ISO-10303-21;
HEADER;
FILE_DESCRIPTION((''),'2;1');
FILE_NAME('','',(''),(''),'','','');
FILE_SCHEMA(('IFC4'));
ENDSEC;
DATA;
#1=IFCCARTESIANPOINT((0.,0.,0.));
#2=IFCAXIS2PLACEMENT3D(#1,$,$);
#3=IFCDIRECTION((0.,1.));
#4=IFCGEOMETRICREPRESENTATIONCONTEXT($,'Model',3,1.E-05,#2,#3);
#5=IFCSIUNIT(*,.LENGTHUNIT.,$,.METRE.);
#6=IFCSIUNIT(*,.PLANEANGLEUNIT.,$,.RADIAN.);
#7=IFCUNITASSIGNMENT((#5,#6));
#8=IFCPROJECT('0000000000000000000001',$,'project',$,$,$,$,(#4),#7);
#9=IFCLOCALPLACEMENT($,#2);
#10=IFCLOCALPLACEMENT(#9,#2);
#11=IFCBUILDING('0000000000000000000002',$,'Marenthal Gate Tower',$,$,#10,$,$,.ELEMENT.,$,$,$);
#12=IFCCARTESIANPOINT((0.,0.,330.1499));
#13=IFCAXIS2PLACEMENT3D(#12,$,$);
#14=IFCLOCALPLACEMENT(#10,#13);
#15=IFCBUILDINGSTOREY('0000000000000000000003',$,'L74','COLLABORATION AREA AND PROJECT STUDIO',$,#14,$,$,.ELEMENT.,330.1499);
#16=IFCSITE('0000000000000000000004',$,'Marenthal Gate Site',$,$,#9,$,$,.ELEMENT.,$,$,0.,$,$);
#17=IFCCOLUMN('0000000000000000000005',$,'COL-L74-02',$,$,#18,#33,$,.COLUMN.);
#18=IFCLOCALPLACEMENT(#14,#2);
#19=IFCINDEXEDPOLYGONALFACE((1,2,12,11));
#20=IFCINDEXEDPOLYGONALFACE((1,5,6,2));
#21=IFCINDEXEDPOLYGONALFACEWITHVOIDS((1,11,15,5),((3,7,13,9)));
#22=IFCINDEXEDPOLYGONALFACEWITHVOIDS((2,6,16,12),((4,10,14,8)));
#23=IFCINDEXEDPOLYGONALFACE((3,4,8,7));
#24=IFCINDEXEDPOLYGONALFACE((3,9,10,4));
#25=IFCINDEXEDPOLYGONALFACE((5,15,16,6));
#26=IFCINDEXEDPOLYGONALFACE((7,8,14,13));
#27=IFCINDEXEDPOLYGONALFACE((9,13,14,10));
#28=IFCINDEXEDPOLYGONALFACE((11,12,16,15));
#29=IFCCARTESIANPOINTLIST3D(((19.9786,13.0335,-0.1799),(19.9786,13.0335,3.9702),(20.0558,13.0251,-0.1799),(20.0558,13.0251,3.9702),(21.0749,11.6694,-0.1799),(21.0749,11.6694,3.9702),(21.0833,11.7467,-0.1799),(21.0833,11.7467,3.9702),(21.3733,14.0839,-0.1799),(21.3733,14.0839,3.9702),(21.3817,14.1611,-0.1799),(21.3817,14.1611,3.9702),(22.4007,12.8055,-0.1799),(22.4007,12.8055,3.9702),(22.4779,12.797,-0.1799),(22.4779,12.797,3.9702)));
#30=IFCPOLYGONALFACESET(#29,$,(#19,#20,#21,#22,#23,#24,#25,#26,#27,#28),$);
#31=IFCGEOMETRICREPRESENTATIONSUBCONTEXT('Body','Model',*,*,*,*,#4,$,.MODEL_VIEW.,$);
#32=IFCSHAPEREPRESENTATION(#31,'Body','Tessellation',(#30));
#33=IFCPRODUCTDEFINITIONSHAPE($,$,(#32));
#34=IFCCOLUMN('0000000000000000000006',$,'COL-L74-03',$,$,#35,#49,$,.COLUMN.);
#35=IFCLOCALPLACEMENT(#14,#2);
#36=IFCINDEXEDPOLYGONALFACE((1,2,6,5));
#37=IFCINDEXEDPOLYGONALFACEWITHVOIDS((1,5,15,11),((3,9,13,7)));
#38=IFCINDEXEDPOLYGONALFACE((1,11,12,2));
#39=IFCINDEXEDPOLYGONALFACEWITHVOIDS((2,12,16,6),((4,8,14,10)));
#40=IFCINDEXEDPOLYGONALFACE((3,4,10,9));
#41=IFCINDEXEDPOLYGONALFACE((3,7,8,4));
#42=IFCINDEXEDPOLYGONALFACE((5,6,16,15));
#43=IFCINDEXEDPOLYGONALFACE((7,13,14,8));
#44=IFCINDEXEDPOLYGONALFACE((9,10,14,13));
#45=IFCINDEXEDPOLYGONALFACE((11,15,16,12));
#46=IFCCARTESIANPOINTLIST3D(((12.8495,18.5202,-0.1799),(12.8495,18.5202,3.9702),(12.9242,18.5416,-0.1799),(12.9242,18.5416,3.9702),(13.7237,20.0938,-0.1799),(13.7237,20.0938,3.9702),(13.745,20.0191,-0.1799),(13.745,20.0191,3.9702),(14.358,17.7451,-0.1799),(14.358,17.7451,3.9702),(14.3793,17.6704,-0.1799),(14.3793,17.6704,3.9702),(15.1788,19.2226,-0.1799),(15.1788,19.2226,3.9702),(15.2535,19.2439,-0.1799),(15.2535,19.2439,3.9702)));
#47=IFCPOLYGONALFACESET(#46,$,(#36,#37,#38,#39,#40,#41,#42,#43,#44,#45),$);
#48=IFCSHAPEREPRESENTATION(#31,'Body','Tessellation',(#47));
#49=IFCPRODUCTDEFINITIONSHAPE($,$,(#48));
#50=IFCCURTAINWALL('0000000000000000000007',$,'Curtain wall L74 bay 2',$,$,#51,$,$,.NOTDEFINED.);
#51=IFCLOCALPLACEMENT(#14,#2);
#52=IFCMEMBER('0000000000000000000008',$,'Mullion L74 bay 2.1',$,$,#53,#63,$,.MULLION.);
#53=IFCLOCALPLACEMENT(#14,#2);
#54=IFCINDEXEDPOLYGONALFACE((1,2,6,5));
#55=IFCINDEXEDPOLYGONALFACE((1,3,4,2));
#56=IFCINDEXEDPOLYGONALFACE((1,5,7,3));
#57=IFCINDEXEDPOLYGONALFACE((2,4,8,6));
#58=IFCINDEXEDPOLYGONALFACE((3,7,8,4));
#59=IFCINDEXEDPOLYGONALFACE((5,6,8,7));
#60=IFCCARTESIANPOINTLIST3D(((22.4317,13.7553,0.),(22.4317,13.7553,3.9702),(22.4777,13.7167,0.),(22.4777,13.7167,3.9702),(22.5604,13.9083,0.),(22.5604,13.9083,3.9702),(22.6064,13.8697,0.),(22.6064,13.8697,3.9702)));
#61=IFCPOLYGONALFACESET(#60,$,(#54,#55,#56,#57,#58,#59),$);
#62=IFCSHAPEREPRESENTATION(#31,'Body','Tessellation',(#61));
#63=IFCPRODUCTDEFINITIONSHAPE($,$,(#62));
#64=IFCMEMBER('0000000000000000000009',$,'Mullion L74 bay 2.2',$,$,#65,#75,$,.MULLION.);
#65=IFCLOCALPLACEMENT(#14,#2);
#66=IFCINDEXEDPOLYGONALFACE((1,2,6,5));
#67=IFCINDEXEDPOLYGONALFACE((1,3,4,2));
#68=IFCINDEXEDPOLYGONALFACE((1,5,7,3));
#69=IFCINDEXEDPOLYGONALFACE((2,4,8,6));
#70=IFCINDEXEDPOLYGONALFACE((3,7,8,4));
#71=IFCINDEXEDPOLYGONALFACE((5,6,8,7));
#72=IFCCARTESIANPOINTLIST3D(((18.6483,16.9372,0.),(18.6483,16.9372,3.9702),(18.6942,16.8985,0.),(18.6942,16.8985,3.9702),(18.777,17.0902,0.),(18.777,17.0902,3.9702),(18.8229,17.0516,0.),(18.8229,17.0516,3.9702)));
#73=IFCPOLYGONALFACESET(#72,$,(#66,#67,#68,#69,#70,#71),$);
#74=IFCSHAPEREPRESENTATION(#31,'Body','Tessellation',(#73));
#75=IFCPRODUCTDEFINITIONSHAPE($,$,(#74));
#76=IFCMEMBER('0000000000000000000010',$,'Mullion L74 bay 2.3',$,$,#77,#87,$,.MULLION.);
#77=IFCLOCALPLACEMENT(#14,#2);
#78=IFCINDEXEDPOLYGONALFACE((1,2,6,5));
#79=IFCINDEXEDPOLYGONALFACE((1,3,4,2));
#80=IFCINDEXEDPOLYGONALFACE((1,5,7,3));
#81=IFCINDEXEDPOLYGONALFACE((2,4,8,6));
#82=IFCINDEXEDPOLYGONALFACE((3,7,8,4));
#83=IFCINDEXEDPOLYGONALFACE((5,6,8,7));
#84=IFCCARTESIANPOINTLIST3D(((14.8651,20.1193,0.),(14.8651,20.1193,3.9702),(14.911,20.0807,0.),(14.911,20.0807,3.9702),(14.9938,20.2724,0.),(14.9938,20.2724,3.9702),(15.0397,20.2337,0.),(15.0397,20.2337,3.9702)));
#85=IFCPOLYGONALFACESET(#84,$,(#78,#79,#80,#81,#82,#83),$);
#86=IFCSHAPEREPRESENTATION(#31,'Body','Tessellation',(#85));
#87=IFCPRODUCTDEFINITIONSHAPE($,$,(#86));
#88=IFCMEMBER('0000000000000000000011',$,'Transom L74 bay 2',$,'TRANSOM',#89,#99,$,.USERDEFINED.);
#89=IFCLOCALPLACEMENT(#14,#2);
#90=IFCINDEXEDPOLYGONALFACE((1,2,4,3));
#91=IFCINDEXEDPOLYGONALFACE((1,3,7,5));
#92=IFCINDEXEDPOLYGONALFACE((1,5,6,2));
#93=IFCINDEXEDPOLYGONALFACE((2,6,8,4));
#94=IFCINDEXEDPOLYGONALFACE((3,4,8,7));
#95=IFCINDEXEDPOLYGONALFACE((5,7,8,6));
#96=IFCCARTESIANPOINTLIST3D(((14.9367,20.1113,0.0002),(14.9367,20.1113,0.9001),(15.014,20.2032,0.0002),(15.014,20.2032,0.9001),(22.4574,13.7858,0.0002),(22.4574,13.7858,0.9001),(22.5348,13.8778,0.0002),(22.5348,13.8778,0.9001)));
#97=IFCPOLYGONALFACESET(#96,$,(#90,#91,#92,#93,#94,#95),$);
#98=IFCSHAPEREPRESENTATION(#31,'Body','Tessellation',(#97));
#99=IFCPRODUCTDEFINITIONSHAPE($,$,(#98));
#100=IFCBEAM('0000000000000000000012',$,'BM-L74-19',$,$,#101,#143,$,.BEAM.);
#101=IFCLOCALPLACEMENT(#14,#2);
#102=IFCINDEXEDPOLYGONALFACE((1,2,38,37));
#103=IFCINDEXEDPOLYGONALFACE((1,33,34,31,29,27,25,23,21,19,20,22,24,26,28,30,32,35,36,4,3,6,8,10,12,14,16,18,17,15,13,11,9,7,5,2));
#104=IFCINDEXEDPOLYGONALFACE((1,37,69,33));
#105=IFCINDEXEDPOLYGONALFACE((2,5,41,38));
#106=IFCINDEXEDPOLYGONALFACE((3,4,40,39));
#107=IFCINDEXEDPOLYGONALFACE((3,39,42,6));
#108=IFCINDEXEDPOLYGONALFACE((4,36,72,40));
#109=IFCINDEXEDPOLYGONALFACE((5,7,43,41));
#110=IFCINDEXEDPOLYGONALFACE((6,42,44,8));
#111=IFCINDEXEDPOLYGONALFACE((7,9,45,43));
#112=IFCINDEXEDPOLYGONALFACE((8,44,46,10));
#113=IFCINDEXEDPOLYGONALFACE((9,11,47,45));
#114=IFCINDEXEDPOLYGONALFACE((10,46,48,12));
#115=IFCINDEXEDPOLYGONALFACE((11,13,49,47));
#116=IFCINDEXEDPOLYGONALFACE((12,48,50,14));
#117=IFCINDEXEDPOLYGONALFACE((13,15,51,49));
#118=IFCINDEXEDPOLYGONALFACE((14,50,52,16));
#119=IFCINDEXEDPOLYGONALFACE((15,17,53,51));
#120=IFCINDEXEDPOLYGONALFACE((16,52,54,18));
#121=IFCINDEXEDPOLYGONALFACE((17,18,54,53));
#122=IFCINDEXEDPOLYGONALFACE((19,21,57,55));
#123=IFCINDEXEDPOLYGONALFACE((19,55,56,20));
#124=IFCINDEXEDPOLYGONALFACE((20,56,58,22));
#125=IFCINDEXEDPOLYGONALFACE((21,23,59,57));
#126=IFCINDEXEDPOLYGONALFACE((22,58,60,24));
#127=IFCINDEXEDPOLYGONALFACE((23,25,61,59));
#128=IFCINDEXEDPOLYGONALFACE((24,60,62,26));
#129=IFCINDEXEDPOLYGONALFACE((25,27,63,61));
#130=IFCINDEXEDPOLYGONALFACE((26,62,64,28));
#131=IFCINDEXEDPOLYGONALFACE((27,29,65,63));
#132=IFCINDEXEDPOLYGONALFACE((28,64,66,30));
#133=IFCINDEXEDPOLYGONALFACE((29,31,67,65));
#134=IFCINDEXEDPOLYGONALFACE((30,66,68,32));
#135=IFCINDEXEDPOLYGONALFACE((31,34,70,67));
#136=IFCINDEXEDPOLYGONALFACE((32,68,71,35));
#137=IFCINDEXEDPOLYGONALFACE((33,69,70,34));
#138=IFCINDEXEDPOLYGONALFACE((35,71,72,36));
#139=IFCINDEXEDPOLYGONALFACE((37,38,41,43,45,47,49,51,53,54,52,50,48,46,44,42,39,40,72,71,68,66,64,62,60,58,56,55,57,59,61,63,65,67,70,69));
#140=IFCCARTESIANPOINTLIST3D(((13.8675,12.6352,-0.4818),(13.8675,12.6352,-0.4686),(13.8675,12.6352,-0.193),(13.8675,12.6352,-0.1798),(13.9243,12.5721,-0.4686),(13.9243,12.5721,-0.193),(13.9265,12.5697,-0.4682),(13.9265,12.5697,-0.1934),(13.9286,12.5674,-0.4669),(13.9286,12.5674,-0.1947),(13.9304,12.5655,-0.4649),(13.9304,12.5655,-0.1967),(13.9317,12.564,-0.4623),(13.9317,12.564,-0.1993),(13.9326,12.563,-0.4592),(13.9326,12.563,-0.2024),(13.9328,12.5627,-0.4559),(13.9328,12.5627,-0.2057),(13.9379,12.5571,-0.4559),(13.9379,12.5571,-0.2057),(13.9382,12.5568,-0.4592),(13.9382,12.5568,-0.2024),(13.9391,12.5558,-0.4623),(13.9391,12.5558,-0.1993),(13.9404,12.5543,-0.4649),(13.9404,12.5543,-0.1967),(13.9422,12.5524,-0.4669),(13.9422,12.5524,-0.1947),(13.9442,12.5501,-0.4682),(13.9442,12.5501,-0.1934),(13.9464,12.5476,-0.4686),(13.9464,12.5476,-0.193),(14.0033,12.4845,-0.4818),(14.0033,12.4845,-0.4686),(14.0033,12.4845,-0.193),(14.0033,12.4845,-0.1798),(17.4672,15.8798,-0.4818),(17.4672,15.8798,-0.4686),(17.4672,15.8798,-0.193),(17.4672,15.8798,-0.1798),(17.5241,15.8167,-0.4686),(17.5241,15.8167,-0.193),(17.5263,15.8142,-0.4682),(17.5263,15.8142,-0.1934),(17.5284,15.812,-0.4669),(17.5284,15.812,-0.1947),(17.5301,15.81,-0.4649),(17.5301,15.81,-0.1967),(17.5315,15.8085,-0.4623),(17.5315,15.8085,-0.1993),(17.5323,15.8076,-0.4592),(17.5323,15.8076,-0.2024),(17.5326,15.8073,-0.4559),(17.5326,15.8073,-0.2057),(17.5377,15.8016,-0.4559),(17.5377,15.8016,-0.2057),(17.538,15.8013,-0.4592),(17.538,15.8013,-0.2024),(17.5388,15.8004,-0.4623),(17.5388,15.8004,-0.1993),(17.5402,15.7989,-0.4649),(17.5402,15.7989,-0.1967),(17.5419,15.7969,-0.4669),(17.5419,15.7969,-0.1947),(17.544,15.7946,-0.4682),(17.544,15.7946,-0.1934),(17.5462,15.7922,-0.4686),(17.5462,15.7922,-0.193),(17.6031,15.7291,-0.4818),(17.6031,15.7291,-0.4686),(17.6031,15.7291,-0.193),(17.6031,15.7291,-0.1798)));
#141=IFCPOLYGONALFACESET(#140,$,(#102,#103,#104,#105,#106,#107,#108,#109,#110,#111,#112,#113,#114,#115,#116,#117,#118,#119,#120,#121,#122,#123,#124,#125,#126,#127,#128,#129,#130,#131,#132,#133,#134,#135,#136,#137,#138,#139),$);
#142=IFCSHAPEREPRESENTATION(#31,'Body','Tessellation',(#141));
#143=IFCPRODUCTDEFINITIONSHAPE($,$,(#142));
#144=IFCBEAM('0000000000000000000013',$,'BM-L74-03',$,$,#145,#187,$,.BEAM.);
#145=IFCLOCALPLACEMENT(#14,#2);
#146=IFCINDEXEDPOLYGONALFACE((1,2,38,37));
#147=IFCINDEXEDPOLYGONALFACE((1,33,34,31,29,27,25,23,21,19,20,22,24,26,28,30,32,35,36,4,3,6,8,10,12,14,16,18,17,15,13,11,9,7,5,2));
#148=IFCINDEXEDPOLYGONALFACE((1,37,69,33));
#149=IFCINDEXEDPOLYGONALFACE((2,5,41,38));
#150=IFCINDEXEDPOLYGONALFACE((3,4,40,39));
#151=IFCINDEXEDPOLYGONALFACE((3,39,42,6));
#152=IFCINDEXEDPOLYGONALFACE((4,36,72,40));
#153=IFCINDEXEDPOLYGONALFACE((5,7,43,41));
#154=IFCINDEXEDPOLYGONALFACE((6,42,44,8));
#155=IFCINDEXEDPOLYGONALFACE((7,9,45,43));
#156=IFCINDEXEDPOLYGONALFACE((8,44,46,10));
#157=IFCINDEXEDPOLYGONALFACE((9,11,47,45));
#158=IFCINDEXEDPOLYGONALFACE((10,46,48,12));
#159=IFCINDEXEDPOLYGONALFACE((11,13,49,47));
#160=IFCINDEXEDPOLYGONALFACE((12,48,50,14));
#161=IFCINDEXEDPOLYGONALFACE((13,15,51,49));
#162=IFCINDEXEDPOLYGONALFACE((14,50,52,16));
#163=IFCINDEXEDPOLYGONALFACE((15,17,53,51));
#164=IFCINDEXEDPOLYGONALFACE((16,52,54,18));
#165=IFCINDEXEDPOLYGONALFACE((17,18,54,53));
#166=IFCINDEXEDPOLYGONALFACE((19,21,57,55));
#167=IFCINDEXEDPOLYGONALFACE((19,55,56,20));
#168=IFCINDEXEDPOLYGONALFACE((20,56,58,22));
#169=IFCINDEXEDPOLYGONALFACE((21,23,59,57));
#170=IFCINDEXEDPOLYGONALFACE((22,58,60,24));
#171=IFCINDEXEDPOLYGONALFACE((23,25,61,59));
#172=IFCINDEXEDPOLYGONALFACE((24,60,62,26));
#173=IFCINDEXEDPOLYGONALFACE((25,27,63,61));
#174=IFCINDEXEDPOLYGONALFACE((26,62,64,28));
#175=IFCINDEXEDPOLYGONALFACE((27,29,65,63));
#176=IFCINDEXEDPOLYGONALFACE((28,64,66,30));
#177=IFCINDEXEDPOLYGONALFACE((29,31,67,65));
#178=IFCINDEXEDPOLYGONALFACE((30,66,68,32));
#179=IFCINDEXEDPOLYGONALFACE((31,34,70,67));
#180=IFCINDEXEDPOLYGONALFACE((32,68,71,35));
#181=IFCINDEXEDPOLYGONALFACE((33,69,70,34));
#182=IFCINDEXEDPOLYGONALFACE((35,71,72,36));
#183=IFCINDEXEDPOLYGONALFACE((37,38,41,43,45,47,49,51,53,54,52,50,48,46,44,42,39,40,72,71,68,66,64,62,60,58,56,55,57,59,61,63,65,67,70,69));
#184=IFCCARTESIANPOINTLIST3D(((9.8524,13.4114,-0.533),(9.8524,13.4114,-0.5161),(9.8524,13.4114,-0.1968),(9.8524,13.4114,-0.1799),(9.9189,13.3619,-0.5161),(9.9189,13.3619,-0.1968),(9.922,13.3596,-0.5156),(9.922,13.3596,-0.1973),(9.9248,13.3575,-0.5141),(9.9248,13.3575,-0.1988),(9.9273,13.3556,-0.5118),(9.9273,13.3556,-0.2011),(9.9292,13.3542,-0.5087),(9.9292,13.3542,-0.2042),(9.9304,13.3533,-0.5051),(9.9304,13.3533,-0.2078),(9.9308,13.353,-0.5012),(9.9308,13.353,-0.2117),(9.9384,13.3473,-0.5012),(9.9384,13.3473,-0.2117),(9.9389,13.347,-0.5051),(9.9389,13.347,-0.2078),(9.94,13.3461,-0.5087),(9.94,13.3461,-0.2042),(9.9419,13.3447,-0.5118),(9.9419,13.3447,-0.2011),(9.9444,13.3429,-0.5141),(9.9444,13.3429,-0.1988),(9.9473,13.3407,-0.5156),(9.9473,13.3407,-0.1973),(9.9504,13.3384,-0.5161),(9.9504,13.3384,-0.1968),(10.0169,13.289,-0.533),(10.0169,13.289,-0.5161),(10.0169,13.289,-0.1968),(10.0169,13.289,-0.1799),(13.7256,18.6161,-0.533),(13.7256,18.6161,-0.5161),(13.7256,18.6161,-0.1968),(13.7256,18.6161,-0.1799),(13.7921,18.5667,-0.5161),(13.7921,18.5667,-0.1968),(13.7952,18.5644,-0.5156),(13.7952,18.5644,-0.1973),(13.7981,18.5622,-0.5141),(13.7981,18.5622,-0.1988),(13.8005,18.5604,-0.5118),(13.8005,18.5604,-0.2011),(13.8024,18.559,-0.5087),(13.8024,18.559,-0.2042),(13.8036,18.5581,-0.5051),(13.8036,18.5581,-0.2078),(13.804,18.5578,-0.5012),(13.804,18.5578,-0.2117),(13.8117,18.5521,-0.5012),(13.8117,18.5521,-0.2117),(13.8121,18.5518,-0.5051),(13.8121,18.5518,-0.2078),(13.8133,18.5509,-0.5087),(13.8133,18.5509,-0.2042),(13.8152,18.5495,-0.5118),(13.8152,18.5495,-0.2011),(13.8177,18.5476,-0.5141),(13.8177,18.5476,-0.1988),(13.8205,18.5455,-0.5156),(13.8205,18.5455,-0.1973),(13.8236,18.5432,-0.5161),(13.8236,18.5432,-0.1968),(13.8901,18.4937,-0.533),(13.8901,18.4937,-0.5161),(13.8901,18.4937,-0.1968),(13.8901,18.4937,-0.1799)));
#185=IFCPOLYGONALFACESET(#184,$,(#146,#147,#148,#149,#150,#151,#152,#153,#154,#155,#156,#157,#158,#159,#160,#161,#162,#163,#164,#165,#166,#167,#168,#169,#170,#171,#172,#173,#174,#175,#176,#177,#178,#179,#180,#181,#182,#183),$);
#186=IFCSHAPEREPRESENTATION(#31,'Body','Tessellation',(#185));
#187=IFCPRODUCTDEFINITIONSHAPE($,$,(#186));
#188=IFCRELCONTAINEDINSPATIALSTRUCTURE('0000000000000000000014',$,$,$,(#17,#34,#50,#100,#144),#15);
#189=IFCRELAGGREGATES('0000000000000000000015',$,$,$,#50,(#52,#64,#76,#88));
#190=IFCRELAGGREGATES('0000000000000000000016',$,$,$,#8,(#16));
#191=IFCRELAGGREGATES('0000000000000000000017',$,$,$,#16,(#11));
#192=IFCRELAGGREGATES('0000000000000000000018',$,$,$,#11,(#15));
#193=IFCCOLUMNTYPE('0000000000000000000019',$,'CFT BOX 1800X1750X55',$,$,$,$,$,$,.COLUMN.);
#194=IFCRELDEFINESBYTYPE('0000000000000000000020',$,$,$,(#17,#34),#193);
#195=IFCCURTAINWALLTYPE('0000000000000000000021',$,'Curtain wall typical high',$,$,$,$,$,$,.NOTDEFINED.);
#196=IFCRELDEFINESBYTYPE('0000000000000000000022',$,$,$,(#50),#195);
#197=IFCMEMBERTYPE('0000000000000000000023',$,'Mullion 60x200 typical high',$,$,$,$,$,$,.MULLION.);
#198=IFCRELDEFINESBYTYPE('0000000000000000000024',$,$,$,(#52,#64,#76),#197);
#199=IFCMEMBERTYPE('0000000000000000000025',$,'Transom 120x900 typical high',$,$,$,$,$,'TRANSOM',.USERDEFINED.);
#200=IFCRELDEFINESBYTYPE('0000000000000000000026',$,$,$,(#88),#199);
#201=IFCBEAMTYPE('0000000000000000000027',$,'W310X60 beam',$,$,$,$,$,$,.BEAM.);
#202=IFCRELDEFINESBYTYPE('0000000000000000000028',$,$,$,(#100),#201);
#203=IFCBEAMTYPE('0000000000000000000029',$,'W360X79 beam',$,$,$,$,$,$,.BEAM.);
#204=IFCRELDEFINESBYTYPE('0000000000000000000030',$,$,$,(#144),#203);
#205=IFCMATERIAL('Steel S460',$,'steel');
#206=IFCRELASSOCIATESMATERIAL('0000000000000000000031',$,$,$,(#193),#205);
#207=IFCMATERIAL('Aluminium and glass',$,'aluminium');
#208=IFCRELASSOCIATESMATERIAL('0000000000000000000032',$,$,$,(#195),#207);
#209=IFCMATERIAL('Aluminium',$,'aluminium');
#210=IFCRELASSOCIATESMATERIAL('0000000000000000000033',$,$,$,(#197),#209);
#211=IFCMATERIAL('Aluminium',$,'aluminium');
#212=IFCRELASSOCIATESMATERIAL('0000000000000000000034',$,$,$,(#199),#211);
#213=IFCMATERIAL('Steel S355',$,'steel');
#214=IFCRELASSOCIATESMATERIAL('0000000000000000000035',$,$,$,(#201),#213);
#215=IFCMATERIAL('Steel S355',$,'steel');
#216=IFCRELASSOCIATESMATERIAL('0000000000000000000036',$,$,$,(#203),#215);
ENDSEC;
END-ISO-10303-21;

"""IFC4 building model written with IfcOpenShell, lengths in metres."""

from ifc_helpers import new_model, si_unit, direction, frame, origin, origin_2d, place, context, subcontext, project, spatial, rectangle, hollow_rectangle, i_section, extrude, material, material_profile, profile_set, type_object, element, aggregate, save


model = new_model("IFC4")

# Units and contexts
model_context = context("Model", 3, precision=1e-05, world=origin(), true_north=direction((0.0, 1.0)))
body_context = subcontext(model_context, "Body", "Model", "MODEL_VIEW")
ifc_project = project(units=[si_unit("LENGTHUNIT", "METRE"), si_unit("PLANEANGLEUNIT", "RADIAN")], contexts=[model_context])

# Site, building, storey
site_placement = place(None, origin())
site = spatial("IfcSite", under=ifc_project, at=site_placement, Name="Marenthal Gate Site", CompositionType="ELEMENT", RefElevation=0.0)
building_placement = place(site_placement, origin())
building = spatial("IfcBuilding", under=site, at=building_placement, Name="Marenthal Gate Tower", CompositionType="ELEMENT")
storey_placement = place(building_placement, frame((0.0, 0.0, 330.1499)))
storey = spatial("IfcBuildingStorey", under=building, at=storey_placement, Name="L74", Description="COLLABORATION AREA AND PROJECT STUDIO", CompositionType="ELEMENT", Elevation=330.1499)

# Columns
ifc_material_1 = material(Name="Steel S460", Category="steel")
ifc_material_profile_1 = material_profile(ifc_material_1, hollow_rectangle(XDim=1.75, YDim=1.8, WallThickness=0.0549, at=origin_2d()), Name="CFT BOX 1800X1750X55")
ifc_material_2 = material(Name="Concrete 70 MPa", Category="concrete")
ifc_material_profile_2 = material_profile(ifc_material_2, rectangle(XDim=1.6399, YDim=1.6899, at=origin_2d()), Name="CFT BOX 1800X1750X55 INFILL")
ifc_profile_set_1 = profile_set([ifc_material_profile_1, ifc_material_profile_2], Name="Steel S460 shell, Concrete 70 MPa infill")
column_type = type_object("IfcColumnType", Name="CFT BOX 1800X1750X55", PredefinedType="COLUMN", material=ifc_profile_set_1)
for number, where, z_axis, x_axis, name in (
    (1, (21.2283, 12.9153, -0.1799), (0.0, 0.0, 1.0), (0.626431, -0.779477, 0.0), "COL-L74-02"),
    (2, (14.0515, 18.8821, -0.1799), (0.0, 0.0, 1.0), (0.874163, -0.485632, 0.0), "COL-L74-03"),
):
    element("IfcColumn", number, at=place(storey_placement, frame(where, z_axis=z_axis, x_axis=x_axis)), inside=storey, type_object=column_type, Name=name, PredefinedType="COLUMN", context=body_context, shape_type="SweptSolid", body=[
        extrude(hollow_rectangle(XDim=1.75, YDim=1.8, WallThickness=0.0549, at=origin_2d()), origin(), (0.0, 0.0, 1.0), 4.1501),
    ])

# Curtain wall, members
ifc_material_3 = material(Name="Aluminium and glass", Category="aluminium")
curtain_wall_type = type_object("IfcCurtainWallType", Name="Curtain wall typical high", PredefinedType="NOTDEFINED", material=ifc_material_3)
curtain_wall_placement = place(storey_placement, origin())
curtain_wall = element("IfcCurtainWall", 3, at=curtain_wall_placement, inside=storey, type_object=curtain_wall_type, Name="Curtain wall L74 bay 2", PredefinedType="NOTDEFINED")
ifc_material_4 = material(Name="Aluminium", Category="aluminium")
ifc_material_profile_3 = material_profile(ifc_material_4, rectangle(XDim=0.2, YDim=0.0601, at=origin_2d()), Name="60x200 aluminium mullion")
ifc_profile_set_2 = profile_set([ifc_material_profile_3], Name="Aluminium")
member_type_1 = type_object("IfcMemberType", Name="Mullion 60x200 typical high", PredefinedType="MULLION", material=ifc_profile_set_2)
member_1_placement = place(storey_placement, frame((22.519, 13.8125, 0.0), z_axis=(0.0, 0.0, 1.0), x_axis=(-0.643676, -0.765298, 0.0)))
member_1 = element("IfcMember", 4, at=member_1_placement, type_object=member_type_1, Name="Mullion L74 bay 2.1", PredefinedType="MULLION", context=body_context, shape_type="SweptSolid", body=[
    extrude(rectangle(XDim=0.2, YDim=0.0601, at=origin_2d()), origin(), (0.0, 0.0, 1.0), 3.9702),
])
member_2_placement = place(storey_placement, frame((18.7356, 16.9944, 0.0), z_axis=(0.0, 0.0, 1.0), x_axis=(-0.643676, -0.765298, 0.0)))
member_2 = element("IfcMember", 5, at=member_2_placement, type_object=member_type_1, Name="Mullion L74 bay 2.2", PredefinedType="MULLION", context=body_context, shape_type="SweptSolid", body=[
    extrude(rectangle(XDim=0.2, YDim=0.0601, at=origin_2d()), origin(), (0.0, 0.0, 1.0), 3.9702),
])
member_3_placement = place(storey_placement, frame((14.9524, 20.1765, 0.0), z_axis=(0.0, 0.0, 1.0), x_axis=(-0.643676, -0.765298, 0.0)))
member_3 = element("IfcMember", 6, at=member_3_placement, type_object=member_type_1, Name="Mullion L74 bay 2.3", PredefinedType="MULLION", context=body_context, shape_type="SweptSolid", body=[
    extrude(rectangle(XDim=0.2, YDim=0.0601, at=origin_2d()), origin(), (0.0, 0.0, 1.0), 3.9702),
])
ifc_material_5 = material(Name="Aluminium", Category="aluminium")
ifc_material_profile_4 = material_profile(ifc_material_5, rectangle(XDim=0.1201, YDim=0.8999, at=origin_2d()), Name="120x900 aluminium transom")
ifc_profile_set_3 = profile_set([ifc_material_profile_4], Name="Aluminium")
member_type_2 = type_object("IfcMemberType", Name="Transom 120x900 typical high", ElementType="TRANSOM", PredefinedType="USERDEFINED", material=ifc_profile_set_3)
member_4_placement = place(storey_placement, frame((22.4961, 13.8318, 0.4502), z_axis=(-0.765303, 0.64367, 0.0), x_axis=(-0.64367, -0.765303, 0.0)))
member_4 = element("IfcMember", 7, at=member_4_placement, type_object=member_type_2, Name="Transom L74 bay 2", ObjectType="TRANSOM", PredefinedType="USERDEFINED", context=body_context, shape_type="SweptSolid", body=[
    extrude(rectangle(XDim=0.1201, YDim=0.8999, at=origin_2d()), origin(), (0.0, 0.0, 1.0), 9.8271),
])

# Beams
ifc_material_6 = material(Name="Steel S355", Category="steel")
ifc_material_profile_5 = material_profile(ifc_material_6, i_section(OverallWidth=0.2029, OverallDepth=0.302, WebThickness=0.0076, FlangeThickness=0.0132, FilletRadius=0.0127, at=origin_2d()), Name="W310X60")
ifc_profile_set_4 = profile_set([ifc_material_profile_5], Name="Steel S355")
beam_type_1 = type_object("IfcBeamType", Name="W310X60 beam", PredefinedType="BEAM", material=ifc_profile_set_4)
beam_1_placement = place(storey_placement, frame((17.5352, 15.8044, -0.3308), z_axis=(-0.742805, -0.669507, 0.0), x_axis=(0.669507, -0.742805, 0.0)))
element("IfcBeam", 8, at=beam_1_placement, inside=storey, type_object=beam_type_1, Name="BM-L74-19", PredefinedType="BEAM", context=body_context, shape_type="SweptSolid", body=[
    extrude(i_section(OverallWidth=0.2029, OverallDepth=0.302, WebThickness=0.0076, FlangeThickness=0.0132, FilletRadius=0.0127, at=origin_2d()), origin(), (0.0, 0.0, 1.0), 4.8462),
])
ifc_material_7 = material(Name="Steel S355", Category="steel")
ifc_material_profile_6 = material_profile(ifc_material_7, i_section(OverallWidth=0.2051, OverallDepth=0.353, WebThickness=0.0095, FlangeThickness=0.0168, FilletRadius=0.0149, at=origin_2d()), Name="W360X79")
ifc_profile_set_5 = profile_set([ifc_material_profile_6], Name="Steel S355")
beam_type_2 = type_object("IfcBeamType", Name="W360X79 beam", PredefinedType="BEAM", material=ifc_profile_set_5)
beam_2_placement = place(storey_placement, frame((13.8079, 18.5549, -0.3564), z_axis=(-0.597003, -0.802239, 0.0), x_axis=(0.802239, -0.597003, 0.0)))
element("IfcBeam", 9, at=beam_2_placement, inside=storey, type_object=beam_type_2, Name="BM-L74-03", PredefinedType="BEAM", context=body_context, shape_type="SweptSolid", body=[
    extrude(i_section(OverallWidth=0.2051, OverallDepth=0.353, WebThickness=0.0095, FlangeThickness=0.0168, FilletRadius=0.0149, at=origin_2d()), origin(), (0.0, 0.0, 1.0), 6.4878),
])

aggregate(curtain_wall, [member_1, member_2, member_3, member_4])

save(model, "model.ifc")
